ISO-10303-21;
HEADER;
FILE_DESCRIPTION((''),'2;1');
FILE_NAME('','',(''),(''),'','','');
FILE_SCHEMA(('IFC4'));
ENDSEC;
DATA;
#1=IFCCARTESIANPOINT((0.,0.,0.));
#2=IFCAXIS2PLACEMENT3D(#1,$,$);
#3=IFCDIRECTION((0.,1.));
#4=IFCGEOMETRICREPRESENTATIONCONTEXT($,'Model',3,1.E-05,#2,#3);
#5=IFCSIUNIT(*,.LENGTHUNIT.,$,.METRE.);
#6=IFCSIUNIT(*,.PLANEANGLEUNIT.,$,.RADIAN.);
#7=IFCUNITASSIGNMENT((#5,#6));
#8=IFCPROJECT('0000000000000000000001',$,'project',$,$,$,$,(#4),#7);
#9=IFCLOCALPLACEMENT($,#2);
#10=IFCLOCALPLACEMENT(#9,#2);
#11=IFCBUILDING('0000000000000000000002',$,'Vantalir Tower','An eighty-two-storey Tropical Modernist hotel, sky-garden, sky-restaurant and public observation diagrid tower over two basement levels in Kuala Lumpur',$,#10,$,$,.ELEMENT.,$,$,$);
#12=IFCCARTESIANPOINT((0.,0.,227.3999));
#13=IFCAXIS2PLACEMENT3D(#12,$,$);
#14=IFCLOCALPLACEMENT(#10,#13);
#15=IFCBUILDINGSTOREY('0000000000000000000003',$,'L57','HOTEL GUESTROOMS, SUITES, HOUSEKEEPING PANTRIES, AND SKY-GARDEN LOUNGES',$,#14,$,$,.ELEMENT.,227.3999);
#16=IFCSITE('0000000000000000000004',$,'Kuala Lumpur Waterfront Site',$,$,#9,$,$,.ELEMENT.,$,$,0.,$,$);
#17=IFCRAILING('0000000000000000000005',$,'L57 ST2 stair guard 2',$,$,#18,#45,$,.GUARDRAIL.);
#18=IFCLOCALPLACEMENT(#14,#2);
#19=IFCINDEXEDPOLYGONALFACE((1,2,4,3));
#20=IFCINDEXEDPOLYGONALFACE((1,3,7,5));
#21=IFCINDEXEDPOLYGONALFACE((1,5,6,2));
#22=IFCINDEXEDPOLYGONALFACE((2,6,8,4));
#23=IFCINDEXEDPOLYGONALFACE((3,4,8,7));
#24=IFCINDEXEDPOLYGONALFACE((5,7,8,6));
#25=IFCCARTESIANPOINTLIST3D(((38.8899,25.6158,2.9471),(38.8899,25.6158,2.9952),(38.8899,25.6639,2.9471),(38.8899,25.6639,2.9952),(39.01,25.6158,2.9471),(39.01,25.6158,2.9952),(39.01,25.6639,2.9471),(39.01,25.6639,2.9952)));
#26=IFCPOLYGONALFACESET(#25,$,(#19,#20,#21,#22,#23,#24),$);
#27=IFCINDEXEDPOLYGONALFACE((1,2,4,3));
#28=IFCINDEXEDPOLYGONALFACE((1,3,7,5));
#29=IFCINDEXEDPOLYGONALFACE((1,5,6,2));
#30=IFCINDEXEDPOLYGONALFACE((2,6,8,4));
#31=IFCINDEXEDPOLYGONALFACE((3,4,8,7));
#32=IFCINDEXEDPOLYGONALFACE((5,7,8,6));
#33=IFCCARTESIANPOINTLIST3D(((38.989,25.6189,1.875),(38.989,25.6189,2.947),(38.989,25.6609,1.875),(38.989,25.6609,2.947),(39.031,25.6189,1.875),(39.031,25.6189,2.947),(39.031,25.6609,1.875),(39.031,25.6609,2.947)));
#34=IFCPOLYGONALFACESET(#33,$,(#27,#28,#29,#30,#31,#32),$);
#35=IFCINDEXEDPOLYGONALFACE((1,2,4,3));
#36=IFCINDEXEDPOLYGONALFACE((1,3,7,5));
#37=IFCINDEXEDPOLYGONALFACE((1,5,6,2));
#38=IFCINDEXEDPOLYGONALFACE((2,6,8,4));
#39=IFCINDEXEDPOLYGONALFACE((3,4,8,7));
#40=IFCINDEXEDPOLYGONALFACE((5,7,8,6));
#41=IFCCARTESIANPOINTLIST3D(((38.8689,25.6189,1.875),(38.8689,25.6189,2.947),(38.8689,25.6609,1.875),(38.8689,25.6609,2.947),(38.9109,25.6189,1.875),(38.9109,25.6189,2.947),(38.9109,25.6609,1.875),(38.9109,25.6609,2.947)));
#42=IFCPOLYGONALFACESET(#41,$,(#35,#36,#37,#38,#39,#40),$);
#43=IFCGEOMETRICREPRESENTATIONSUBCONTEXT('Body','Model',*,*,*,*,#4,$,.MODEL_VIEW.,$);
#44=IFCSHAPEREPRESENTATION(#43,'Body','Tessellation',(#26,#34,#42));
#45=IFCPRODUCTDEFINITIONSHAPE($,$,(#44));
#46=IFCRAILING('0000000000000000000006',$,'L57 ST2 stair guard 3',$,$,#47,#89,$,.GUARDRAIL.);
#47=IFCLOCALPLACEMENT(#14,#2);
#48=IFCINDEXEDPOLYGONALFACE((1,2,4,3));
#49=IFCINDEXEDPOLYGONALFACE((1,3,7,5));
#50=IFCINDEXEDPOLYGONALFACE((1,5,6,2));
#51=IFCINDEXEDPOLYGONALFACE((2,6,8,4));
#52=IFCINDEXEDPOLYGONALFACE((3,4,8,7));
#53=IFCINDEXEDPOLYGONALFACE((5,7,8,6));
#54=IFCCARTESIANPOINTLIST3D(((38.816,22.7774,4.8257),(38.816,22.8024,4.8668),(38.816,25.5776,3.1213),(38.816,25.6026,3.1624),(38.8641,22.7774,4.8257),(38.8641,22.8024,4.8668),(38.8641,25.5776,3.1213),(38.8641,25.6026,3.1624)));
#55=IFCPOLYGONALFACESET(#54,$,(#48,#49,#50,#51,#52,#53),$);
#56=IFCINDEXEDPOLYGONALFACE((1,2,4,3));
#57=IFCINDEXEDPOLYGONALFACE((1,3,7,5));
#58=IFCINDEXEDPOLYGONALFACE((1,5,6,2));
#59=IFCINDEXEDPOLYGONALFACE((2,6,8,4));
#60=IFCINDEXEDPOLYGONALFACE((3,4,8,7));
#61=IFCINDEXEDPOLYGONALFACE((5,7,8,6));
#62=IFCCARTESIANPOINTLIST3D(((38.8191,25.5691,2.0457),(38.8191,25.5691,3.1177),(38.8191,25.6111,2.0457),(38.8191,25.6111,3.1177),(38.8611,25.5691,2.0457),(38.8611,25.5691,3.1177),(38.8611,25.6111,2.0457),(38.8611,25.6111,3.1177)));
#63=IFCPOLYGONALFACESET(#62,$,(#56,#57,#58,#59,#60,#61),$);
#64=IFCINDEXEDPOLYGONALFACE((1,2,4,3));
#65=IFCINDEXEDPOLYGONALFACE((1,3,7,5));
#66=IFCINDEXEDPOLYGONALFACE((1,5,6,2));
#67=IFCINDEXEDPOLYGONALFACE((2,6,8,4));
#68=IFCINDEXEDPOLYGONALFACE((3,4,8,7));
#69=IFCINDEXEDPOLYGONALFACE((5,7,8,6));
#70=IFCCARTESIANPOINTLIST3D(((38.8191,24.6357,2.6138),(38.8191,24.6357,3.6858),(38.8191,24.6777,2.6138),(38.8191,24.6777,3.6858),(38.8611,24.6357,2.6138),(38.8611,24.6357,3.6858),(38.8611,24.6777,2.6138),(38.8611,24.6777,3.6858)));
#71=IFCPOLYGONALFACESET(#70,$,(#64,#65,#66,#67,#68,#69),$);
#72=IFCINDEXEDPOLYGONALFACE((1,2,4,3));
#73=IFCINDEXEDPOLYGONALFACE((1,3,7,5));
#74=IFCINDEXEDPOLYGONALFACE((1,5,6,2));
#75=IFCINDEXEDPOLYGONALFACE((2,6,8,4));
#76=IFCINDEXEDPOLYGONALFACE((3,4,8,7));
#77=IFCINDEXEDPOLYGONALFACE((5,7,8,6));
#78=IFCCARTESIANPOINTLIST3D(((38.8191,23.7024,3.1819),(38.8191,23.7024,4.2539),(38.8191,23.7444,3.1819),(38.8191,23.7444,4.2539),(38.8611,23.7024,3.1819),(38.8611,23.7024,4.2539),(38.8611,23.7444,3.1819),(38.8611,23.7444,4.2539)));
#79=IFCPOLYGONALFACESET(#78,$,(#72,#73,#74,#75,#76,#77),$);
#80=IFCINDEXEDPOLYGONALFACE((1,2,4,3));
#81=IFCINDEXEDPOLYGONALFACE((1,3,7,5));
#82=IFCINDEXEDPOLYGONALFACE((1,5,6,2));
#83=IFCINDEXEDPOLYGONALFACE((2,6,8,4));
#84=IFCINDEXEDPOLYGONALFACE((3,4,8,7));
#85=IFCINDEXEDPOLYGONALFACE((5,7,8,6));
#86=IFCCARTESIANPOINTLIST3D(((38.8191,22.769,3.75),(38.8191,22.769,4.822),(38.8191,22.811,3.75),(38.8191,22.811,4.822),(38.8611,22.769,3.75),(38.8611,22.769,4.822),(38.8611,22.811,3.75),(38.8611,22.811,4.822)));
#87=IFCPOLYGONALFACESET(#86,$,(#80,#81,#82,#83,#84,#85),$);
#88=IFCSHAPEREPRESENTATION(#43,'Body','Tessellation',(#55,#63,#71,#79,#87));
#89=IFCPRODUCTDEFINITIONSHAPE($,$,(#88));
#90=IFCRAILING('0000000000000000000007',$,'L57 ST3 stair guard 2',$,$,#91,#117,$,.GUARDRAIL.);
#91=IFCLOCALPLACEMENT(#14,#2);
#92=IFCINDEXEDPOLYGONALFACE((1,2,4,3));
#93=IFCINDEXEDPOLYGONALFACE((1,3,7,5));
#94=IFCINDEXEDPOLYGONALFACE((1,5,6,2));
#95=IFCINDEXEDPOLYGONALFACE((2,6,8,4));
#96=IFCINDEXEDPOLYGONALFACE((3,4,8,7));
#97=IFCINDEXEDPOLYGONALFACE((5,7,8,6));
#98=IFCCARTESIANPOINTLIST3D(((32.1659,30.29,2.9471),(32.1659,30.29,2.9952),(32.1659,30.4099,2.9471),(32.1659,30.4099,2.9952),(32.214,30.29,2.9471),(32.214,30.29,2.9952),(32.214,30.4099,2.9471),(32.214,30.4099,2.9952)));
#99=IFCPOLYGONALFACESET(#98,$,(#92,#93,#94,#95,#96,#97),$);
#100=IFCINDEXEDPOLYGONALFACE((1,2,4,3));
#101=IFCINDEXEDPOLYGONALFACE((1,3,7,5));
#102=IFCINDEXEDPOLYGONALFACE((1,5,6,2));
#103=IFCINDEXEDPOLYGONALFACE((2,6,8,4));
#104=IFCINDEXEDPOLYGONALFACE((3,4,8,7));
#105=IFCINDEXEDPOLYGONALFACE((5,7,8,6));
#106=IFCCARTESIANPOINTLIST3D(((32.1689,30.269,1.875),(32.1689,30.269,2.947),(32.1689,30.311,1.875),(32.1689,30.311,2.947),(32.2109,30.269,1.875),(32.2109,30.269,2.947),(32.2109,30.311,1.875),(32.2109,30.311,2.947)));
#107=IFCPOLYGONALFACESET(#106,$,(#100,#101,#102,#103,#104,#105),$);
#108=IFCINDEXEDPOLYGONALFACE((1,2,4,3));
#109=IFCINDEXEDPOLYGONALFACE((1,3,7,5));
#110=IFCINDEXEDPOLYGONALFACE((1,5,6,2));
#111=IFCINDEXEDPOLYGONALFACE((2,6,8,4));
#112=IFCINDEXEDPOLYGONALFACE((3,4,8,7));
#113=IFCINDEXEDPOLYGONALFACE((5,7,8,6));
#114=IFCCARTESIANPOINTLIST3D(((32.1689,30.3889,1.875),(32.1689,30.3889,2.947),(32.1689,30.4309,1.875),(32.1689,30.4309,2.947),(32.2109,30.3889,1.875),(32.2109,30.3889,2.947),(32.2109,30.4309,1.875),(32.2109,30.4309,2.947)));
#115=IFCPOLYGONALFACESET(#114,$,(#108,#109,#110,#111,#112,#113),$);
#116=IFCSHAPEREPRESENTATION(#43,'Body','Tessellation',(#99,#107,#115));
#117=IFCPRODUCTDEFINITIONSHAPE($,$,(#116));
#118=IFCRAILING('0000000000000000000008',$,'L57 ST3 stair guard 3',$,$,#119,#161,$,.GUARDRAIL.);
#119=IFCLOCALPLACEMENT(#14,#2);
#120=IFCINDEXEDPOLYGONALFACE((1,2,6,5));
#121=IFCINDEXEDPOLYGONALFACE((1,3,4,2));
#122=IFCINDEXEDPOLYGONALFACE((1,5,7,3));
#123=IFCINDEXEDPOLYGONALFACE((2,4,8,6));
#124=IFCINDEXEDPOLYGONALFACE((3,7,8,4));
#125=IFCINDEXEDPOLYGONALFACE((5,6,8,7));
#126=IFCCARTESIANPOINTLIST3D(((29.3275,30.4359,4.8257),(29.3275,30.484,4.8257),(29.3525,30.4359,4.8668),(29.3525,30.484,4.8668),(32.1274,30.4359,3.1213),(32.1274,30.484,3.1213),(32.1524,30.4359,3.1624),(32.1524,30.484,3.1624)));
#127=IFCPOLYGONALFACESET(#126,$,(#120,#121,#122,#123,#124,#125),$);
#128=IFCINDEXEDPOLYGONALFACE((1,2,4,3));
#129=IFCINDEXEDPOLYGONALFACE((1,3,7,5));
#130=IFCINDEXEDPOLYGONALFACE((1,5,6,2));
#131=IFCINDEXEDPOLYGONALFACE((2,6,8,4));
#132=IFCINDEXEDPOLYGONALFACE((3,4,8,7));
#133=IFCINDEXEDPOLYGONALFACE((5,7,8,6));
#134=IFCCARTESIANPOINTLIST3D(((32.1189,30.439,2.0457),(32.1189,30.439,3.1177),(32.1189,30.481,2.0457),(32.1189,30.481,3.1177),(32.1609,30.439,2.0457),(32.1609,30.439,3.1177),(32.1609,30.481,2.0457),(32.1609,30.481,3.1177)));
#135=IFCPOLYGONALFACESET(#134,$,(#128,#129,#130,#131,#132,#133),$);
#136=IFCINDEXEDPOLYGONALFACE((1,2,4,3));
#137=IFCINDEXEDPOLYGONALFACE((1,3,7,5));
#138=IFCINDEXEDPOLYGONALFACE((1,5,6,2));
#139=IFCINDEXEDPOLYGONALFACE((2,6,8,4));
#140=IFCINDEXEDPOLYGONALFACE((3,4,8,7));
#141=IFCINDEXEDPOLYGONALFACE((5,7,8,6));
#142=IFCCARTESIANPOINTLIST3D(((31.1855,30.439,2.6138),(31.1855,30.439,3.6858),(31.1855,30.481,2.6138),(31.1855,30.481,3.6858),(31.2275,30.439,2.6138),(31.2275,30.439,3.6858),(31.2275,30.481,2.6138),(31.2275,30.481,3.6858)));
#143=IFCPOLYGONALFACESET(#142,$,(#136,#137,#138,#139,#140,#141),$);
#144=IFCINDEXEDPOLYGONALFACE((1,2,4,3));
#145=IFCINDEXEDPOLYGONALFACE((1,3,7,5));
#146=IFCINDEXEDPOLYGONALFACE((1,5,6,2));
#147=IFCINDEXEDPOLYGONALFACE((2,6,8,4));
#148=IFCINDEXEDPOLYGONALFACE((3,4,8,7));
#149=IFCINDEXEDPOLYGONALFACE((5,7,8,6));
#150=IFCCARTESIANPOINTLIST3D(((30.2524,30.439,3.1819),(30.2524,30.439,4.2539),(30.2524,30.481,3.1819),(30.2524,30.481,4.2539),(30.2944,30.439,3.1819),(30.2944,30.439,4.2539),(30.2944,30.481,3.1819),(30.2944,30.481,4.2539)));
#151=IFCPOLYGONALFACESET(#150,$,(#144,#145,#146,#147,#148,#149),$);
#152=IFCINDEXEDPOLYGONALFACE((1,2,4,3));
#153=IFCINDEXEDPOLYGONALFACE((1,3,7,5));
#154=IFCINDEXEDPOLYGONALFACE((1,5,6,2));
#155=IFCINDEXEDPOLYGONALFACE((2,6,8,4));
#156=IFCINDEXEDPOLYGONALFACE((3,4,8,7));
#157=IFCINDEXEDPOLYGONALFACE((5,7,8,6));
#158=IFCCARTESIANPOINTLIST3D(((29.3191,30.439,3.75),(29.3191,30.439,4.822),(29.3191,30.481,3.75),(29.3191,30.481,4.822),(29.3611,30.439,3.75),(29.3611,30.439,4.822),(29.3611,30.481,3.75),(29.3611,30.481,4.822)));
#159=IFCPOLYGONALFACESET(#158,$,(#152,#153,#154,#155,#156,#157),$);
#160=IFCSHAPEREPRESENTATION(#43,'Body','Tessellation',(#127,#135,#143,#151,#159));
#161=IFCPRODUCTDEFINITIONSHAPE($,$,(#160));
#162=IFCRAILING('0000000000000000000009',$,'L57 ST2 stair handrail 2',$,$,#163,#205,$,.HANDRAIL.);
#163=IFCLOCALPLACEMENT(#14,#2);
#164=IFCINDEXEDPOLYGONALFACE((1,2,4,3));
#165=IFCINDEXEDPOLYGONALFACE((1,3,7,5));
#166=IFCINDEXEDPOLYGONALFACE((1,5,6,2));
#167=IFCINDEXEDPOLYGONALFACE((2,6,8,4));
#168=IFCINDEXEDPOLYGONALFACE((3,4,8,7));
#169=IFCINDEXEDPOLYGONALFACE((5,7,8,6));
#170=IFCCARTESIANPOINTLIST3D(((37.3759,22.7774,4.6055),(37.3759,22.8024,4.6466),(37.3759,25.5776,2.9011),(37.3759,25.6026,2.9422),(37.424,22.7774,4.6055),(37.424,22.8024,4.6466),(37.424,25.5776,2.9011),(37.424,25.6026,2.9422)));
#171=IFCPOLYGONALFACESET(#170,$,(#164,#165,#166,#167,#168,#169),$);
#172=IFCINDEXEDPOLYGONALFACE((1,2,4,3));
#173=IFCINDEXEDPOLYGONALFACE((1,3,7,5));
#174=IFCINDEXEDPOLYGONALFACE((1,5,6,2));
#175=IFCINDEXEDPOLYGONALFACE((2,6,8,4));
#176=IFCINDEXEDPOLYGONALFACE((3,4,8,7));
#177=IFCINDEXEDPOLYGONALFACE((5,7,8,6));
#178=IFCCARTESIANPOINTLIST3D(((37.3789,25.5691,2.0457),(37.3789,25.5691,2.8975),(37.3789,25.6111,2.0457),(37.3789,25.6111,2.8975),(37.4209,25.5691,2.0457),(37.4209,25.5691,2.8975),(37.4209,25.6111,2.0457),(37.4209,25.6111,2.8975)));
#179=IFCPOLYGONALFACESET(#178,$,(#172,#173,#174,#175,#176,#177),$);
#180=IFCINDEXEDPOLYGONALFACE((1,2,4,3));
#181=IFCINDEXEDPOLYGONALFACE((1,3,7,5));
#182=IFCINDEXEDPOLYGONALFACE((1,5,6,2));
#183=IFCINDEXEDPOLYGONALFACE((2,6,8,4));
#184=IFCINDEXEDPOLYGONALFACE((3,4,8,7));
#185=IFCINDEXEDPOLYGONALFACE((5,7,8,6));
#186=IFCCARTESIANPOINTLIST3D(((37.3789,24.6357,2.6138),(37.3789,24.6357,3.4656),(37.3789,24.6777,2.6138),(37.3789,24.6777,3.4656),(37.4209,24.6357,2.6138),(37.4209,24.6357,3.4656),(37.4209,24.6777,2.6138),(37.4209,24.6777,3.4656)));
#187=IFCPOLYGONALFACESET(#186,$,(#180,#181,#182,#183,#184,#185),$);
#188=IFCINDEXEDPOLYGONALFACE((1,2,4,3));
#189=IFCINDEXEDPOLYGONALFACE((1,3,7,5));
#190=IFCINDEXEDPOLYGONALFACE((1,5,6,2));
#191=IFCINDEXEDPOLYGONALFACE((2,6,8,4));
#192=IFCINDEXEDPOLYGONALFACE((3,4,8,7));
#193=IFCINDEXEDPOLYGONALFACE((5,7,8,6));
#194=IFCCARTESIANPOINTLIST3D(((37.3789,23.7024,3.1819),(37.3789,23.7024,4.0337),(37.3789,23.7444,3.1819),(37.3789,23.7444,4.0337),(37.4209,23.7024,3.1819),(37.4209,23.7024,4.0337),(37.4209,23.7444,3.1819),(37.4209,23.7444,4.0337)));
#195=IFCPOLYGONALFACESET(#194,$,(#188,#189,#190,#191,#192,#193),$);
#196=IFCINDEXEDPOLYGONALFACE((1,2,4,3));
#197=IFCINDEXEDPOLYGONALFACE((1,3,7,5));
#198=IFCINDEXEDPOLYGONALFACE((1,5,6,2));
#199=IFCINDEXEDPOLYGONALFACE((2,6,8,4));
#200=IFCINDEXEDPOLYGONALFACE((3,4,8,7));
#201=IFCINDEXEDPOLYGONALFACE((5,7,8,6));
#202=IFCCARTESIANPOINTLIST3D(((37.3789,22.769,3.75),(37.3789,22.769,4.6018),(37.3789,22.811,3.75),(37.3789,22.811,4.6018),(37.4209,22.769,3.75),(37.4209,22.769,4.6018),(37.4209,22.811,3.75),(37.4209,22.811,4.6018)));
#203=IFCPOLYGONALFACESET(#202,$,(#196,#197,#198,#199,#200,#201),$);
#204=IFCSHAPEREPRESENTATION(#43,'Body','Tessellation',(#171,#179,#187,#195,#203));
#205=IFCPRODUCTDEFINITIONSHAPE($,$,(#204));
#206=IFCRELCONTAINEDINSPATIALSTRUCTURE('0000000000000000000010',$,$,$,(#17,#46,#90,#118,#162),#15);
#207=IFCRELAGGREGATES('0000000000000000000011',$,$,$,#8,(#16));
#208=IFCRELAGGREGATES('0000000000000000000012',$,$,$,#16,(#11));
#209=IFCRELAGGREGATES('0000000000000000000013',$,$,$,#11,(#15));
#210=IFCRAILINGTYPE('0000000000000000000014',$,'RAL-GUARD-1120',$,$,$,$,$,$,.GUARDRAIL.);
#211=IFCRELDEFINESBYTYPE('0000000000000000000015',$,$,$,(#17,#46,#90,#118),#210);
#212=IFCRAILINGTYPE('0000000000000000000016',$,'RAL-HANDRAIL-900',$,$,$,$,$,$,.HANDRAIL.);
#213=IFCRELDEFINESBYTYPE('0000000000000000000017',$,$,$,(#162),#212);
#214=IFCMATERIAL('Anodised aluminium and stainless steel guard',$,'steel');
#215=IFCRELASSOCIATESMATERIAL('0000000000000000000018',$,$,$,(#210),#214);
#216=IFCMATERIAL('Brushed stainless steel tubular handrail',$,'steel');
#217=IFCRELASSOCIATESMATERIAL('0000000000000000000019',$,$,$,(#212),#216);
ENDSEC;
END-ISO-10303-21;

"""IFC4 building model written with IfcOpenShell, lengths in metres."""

from ifc_helpers import new_model, si_unit, direction, frame, origin, origin_2d, place, context, subcontext, project, spatial, rectangle, extrude, material, type_object, element, save


model = new_model("IFC4")

# Units and contexts
model_context = context("Model", 3, precision=1e-05, world=origin(), true_north=direction((0.0, 1.0)))
body_context = subcontext(model_context, "Body", "Model", "MODEL_VIEW")
ifc_project = project(units=[si_unit("LENGTHUNIT", "METRE"), si_unit("PLANEANGLEUNIT", "RADIAN")], contexts=[model_context])

# Site, building, storey
site_placement = place(None, origin())
site = spatial("IfcSite", under=ifc_project, at=site_placement, Name="Kuala Lumpur Waterfront Site", CompositionType="ELEMENT", RefElevation=0.0)
building_placement = place(site_placement, origin())
building = spatial("IfcBuilding", under=site, at=building_placement, Name="Vantalir Tower", Description="An eighty-two-storey Tropical Modernist hotel, sky-garden, sky-restaurant and public observation diagrid tower over two basement levels in Kuala Lumpur", CompositionType="ELEMENT")
storey_placement = place(building_placement, frame((0.0, 0.0, 227.3999)))
storey = spatial("IfcBuildingStorey", under=building, at=storey_placement, Name="L57", Description="HOTEL GUESTROOMS, SUITES, HOUSEKEEPING PANTRIES, AND SKY-GARDEN LOUNGES", CompositionType="ELEMENT", Elevation=227.3999)

# Railings
ifc_material_1 = material(Name="Anodised aluminium and stainless steel guard", Category="steel")
railing_type_1 = type_object("IfcRailingType", Name="RAL-GUARD-1120", PredefinedType="GUARDRAIL", material=ifc_material_1)
railing_1_placement = place(storey_placement, frame((39.01, 25.6399, 1.875)))
element("IfcRailing", 1, at=railing_1_placement, inside=storey, type_object=railing_type_1, Name="L57 ST2 stair guard 2", PredefinedType="GUARDRAIL", context=body_context, shape_type="SweptSolid", body=[
    extrude(rectangle(XDim=0.0481, YDim=0.0481, at=origin_2d()), frame((0.0, 0.0, 1.0962), z_axis=(-1.0, 0.0, 0.0), x_axis=(0.0, -1.0, 0.0)), (0.0, 0.0, 1.0), 0.1201),
    extrude(rectangle(XDim=0.042, YDim=0.042, at=origin_2d()), origin(), (0.0, 0.0, 1.0), 1.072),
    extrude(rectangle(XDim=0.042, YDim=0.042, at=origin_2d()), frame((-0.1201, 0.0, 0.0)), (0.0, 0.0, 1.0), 1.072),
])
railing_2_placement = place(storey_placement, frame((38.8401, 25.5901, 2.0457)))
element("IfcRailing", 2, at=railing_2_placement, inside=storey, type_object=railing_type_1, Name="L57 ST2 stair guard 3", PredefinedType="GUARDRAIL", context=body_context, shape_type="SweptSolid", body=[
    extrude(rectangle(XDim=0.0481, YDim=0.0481, at=origin_2d()), frame((0.0, 0.0, 1.0962), z_axis=(0.0, -0.854203, 0.51994), x_axis=(1.0, 0.0, 0.0)), (0.0, 0.0, 1.0), 3.2781),
    extrude(rectangle(XDim=0.042, YDim=0.042, at=origin_2d()), origin(), (0.0, 0.0, 1.0), 1.072),
    extrude(rectangle(XDim=0.042, YDim=0.042, at=origin_2d()), frame((0.0, -0.9333, 0.5681)), (0.0, 0.0, 1.0), 1.072),
    extrude(rectangle(XDim=0.042, YDim=0.042, at=origin_2d()), frame((0.0, -1.8667, 1.1362)), (0.0, 0.0, 1.0), 1.072),
    extrude(rectangle(XDim=0.042, YDim=0.042, at=origin_2d()), frame((0.0, -2.8, 1.7043)), (0.0, 0.0, 1.0), 1.072),
])
railing_3_placement = place(storey_placement, frame((32.1899, 30.29, 1.875)))
element("IfcRailing", 3, at=railing_3_placement, inside=storey, type_object=railing_type_1, Name="L57 ST3 stair guard 2", PredefinedType="GUARDRAIL", context=body_context, shape_type="SweptSolid", body=[
    extrude(rectangle(XDim=0.0481, YDim=0.0481, at=origin_2d()), frame((0.0, 0.0, 1.0962), z_axis=(0.0, 1.0, 0.0), x_axis=(-1.0, 0.0, 0.0)), (0.0, 0.0, 1.0), 0.1199),
    extrude(rectangle(XDim=0.042, YDim=0.042, at=origin_2d()), origin(), (0.0, 0.0, 1.0), 1.072),
    extrude(rectangle(XDim=0.042, YDim=0.042, at=origin_2d()), frame((0.0, 0.1199, 0.0)), (0.0, 0.0, 1.0), 1.072),
])
railing_4_placement = place(storey_placement, frame((32.1399, 30.46, 2.0457)))
element("IfcRailing", 4, at=railing_4_placement, inside=storey, type_object=railing_type_1, Name="L57 ST3 stair guard 3", PredefinedType="GUARDRAIL", context=body_context, shape_type="SweptSolid", body=[
    extrude(rectangle(XDim=0.0481, YDim=0.0481, at=origin_2d()), frame((0.0, 0.0, 1.0962), z_axis=(-0.854183, 0.0, 0.519973), x_axis=(0.0, -1.0, 0.0)), (0.0, 0.0, 1.0), 3.2778),
    extrude(rectangle(XDim=0.042, YDim=0.042, at=origin_2d()), origin(), (0.0, 0.0, 1.0), 1.072),
    extrude(rectangle(XDim=0.042, YDim=0.042, at=origin_2d()), frame((-0.9333, 0.0, 0.5681)), (0.0, 0.0, 1.0), 1.072),
    extrude(rectangle(XDim=0.042, YDim=0.042, at=origin_2d()), frame((-1.8665, 0.0, 1.1362)), (0.0, 0.0, 1.0), 1.072),
    extrude(rectangle(XDim=0.042, YDim=0.042, at=origin_2d()), frame((-2.7998, 0.0, 1.7043)), (0.0, 0.0, 1.0), 1.072),
])
ifc_material_2 = material(Name="Brushed stainless steel tubular handrail", Category="steel")
railing_type_2 = type_object("IfcRailingType", Name="RAL-HANDRAIL-900", PredefinedType="HANDRAIL", material=ifc_material_2)
railing_5_placement = place(storey_placement, frame((37.3999, 25.5901, 2.0457)))
element("IfcRailing", 5, at=railing_5_placement, inside=storey, type_object=railing_type_2, Name="L57 ST2 stair handrail 2", PredefinedType="HANDRAIL", context=body_context, shape_type="SweptSolid", body=[
    extrude(rectangle(XDim=0.0481, YDim=0.0481, at=origin_2d()), frame((0.0, 0.0, 0.876), z_axis=(0.0, -0.854203, 0.51994), x_axis=(1.0, 0.0, 0.0)), (0.0, 0.0, 1.0), 3.2781),
    extrude(rectangle(XDim=0.042, YDim=0.042, at=origin_2d()), origin(), (0.0, 0.0, 1.0), 0.8518),
    extrude(rectangle(XDim=0.042, YDim=0.042, at=origin_2d()), frame((0.0, -0.9333, 0.5681)), (0.0, 0.0, 1.0), 0.8518),
    extrude(rectangle(XDim=0.042, YDim=0.042, at=origin_2d()), frame((0.0, -1.8667, 1.1362)), (0.0, 0.0, 1.0), 0.8518),
    extrude(rectangle(XDim=0.042, YDim=0.042, at=origin_2d()), frame((0.0, -2.8, 1.7043)), (0.0, 0.0, 1.0), 0.8518),
])

save(model, "model.ifc")
